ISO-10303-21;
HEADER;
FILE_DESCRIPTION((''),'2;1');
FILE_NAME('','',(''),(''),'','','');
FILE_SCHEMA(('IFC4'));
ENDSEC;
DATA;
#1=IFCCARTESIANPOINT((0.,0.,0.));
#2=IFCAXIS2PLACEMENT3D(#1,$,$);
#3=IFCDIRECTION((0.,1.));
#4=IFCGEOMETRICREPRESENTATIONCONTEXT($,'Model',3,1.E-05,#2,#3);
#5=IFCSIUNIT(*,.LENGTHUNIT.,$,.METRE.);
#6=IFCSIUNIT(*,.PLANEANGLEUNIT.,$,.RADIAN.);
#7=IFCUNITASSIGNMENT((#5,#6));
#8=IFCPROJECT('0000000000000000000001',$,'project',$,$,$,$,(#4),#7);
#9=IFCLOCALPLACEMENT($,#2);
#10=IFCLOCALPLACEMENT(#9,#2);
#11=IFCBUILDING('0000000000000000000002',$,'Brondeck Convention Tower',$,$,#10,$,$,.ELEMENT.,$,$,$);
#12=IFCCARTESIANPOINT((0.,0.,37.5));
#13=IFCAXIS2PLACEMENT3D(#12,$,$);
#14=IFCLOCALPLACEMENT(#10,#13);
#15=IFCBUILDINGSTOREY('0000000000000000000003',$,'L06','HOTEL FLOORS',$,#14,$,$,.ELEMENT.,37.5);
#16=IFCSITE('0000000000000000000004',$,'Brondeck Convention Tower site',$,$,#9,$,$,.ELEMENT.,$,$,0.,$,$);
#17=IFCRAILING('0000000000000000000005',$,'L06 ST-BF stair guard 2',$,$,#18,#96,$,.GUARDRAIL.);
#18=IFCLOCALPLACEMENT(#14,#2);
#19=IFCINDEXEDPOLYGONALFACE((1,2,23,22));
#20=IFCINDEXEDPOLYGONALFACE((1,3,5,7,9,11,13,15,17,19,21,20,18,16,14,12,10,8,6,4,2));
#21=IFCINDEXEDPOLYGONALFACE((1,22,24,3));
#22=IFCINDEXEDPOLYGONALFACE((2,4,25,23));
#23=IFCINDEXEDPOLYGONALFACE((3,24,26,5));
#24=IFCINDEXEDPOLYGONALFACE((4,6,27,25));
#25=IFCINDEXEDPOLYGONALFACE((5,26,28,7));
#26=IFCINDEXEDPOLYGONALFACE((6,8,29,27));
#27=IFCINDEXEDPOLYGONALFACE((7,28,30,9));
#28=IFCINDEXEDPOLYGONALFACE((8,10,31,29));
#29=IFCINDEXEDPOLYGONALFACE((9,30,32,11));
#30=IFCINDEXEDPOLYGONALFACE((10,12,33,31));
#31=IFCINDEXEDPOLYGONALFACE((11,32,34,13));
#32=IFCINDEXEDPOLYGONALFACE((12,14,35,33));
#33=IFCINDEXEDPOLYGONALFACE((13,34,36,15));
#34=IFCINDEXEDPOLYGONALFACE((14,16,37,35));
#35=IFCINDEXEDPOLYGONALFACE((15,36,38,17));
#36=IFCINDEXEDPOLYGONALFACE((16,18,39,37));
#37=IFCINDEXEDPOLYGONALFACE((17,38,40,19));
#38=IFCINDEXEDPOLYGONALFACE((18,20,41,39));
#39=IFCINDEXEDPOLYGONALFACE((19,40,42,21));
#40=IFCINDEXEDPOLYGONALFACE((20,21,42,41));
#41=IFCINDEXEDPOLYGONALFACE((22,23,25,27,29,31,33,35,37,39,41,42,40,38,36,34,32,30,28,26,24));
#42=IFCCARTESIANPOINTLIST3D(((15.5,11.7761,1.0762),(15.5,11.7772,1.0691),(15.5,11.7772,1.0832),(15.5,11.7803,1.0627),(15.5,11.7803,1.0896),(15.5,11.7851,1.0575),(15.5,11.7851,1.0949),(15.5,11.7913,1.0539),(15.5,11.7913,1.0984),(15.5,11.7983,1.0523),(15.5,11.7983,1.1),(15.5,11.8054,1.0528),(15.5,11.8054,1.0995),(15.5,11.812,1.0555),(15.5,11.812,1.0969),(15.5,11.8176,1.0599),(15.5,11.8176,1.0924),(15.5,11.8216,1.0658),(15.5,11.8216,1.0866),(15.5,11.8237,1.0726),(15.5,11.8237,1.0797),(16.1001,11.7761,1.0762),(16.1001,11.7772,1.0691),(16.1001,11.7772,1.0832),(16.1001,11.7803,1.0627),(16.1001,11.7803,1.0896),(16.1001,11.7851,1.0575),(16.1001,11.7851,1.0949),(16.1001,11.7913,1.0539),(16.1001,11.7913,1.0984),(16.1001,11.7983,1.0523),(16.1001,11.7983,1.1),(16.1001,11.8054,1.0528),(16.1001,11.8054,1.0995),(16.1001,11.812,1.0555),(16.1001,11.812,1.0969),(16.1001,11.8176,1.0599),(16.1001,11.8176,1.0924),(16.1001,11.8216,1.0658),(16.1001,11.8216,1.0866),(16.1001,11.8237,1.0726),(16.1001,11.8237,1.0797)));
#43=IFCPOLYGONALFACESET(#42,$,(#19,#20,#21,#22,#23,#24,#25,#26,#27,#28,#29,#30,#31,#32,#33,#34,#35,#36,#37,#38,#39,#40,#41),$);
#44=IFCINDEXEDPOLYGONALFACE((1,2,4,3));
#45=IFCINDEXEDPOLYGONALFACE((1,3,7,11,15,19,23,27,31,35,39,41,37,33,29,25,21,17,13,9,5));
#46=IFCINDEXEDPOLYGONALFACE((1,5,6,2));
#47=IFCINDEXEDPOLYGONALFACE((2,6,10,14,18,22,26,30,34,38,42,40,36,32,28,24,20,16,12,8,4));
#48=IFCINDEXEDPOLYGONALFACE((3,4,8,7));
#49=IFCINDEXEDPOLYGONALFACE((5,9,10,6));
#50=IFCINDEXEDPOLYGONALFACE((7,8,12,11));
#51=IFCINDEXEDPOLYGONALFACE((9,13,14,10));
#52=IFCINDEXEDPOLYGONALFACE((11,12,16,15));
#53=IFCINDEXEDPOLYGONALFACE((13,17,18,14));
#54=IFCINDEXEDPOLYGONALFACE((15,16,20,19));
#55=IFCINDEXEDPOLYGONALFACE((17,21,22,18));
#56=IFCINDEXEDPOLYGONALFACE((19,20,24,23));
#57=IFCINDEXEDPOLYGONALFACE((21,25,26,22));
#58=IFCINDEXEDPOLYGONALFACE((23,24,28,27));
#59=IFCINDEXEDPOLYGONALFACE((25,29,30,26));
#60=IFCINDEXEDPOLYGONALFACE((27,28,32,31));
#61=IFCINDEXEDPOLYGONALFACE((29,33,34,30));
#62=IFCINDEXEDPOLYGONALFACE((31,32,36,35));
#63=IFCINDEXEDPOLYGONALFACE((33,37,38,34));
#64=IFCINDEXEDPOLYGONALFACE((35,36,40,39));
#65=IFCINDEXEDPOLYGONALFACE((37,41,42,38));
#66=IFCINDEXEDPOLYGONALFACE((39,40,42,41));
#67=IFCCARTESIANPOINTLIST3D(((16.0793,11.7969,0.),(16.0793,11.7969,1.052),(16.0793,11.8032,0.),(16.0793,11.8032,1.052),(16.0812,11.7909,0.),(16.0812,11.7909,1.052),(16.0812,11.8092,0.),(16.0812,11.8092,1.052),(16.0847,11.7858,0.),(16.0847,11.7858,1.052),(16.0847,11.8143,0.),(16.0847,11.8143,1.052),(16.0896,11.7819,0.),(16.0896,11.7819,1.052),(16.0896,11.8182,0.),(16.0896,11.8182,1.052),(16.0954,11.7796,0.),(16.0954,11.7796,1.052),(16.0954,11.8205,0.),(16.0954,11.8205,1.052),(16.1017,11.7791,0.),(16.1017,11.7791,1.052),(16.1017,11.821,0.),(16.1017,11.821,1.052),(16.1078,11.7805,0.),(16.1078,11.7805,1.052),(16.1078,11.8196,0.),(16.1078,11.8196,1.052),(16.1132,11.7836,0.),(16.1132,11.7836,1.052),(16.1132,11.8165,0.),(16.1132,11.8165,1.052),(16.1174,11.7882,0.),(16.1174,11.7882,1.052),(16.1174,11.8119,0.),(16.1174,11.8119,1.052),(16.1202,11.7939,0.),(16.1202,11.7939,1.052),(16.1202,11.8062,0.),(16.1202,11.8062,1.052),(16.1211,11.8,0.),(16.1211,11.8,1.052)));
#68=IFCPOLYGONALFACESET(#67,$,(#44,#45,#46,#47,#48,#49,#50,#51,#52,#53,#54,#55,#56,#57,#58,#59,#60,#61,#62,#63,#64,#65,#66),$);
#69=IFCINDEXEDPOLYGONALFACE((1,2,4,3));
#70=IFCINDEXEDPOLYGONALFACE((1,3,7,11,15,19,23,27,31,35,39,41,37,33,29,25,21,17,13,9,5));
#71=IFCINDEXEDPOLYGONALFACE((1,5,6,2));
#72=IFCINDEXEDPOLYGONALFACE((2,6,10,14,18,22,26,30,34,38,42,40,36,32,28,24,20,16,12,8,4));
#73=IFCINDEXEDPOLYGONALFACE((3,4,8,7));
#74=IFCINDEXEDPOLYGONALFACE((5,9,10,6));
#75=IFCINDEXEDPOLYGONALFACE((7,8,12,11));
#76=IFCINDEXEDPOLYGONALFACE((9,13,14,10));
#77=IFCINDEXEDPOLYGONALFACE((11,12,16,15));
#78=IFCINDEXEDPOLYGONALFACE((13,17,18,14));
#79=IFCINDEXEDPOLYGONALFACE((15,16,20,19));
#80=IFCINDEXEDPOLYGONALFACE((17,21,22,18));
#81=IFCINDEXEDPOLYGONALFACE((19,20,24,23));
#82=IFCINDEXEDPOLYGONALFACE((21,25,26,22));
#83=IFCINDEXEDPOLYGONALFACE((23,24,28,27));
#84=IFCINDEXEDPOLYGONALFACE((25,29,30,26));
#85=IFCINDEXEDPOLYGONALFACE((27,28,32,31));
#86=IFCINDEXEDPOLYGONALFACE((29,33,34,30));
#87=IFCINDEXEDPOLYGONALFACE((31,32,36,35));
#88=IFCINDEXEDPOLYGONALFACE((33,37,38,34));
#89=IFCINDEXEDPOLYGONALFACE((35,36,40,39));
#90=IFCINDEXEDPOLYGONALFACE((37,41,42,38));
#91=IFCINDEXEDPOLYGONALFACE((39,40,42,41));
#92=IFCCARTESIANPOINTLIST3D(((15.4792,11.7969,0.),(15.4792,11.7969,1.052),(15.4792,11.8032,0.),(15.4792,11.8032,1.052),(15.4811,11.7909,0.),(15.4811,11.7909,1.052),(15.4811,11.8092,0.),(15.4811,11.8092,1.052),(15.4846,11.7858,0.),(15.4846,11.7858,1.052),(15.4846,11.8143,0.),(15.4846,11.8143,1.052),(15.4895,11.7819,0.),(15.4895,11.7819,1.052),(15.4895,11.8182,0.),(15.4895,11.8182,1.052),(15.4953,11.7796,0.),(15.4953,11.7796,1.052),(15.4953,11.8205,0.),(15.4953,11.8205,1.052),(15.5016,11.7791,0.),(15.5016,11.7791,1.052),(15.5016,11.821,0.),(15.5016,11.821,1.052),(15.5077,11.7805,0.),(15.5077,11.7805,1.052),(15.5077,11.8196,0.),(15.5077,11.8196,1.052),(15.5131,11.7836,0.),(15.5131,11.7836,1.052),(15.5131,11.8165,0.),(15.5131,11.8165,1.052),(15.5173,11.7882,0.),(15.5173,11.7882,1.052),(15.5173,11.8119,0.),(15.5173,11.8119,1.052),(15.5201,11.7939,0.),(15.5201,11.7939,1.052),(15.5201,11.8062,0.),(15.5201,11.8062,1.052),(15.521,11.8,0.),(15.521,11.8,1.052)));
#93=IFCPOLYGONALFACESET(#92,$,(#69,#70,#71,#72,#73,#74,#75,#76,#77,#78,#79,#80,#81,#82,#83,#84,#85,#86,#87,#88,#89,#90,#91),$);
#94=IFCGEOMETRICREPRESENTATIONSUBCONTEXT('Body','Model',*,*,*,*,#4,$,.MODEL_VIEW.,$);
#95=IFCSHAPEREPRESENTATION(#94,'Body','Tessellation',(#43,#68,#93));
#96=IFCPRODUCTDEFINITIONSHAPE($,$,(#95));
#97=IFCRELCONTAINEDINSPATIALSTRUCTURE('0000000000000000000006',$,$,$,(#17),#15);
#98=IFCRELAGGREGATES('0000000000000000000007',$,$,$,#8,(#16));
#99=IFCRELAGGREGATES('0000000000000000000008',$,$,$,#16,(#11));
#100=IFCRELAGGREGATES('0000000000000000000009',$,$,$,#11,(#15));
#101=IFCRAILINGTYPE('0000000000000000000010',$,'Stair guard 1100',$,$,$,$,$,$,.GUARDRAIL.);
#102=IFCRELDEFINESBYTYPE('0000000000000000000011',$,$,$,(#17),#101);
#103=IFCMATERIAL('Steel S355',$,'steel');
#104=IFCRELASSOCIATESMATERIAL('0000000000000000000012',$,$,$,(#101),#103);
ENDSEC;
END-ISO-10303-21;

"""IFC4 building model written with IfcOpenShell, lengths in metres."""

from ifc_helpers import new_model, si_unit, direction, frame, origin, origin_2d, place, context, subcontext, project, spatial, circle, extrude, material, type_object, element, save


model = new_model("IFC4")

# Units and contexts
model_context = context("Model", 3, precision=1e-05, world=origin(), true_north=direction((0.0, 1.0)))
body_context = subcontext(model_context, "Body", "Model", "MODEL_VIEW")
ifc_project = project(units=[si_unit("LENGTHUNIT", "METRE"), si_unit("PLANEANGLEUNIT", "RADIAN")], contexts=[model_context])

# Site, building, storey
site_placement = place(None, origin())
site = spatial("IfcSite", under=ifc_project, at=site_placement, Name="Brondeck Convention Tower site", CompositionType="ELEMENT", RefElevation=0.0)
building_placement = place(site_placement, origin())
building = spatial("IfcBuilding", under=site, at=building_placement, Name="Brondeck Convention Tower", CompositionType="ELEMENT")
storey_placement = place(building_placement, frame((0.0, 0.0, 37.5)))
storey = spatial("IfcBuildingStorey", under=building, at=storey_placement, Name="L06", Description="HOTEL FLOORS", CompositionType="ELEMENT", Elevation=37.5)

# Shared definitions
ifc_material_1 = material(Name="Steel S355", Category="steel")

# Railing
railing_type_1 = type_object("IfcRailingType", Name="Stair guard 1100", PredefinedType="GUARDRAIL", material=ifc_material_1)
railing_1_placement = place(storey_placement, frame((16.1001, 11.8, 0.0)))
element("IfcRailing", 1, at=railing_1_placement, inside=storey, type_object=railing_type_1, Name="L06 ST-BF stair guard 2", PredefinedType="GUARDRAIL", context=body_context, shape_type="SweptSolid", body=[
    extrude(circle(Radius=0.0239, at=origin_2d()), frame((0.0, 0.0, 1.0762), z_axis=(-1.0, 0.0, 0.0), x_axis=(0.0, -1.0, 0.0)), (0.0, 0.0, 1.0), 0.6001),
    extrude(circle(Radius=0.021, at=origin_2d()), origin(), (0.0, 0.0, 1.0), 1.052),
    extrude(circle(Radius=0.021, at=origin_2d()), frame((-0.6001, 0.0, 0.0)), (0.0, 0.0, 1.0), 1.052),
])

save(model, "model.ifc")
